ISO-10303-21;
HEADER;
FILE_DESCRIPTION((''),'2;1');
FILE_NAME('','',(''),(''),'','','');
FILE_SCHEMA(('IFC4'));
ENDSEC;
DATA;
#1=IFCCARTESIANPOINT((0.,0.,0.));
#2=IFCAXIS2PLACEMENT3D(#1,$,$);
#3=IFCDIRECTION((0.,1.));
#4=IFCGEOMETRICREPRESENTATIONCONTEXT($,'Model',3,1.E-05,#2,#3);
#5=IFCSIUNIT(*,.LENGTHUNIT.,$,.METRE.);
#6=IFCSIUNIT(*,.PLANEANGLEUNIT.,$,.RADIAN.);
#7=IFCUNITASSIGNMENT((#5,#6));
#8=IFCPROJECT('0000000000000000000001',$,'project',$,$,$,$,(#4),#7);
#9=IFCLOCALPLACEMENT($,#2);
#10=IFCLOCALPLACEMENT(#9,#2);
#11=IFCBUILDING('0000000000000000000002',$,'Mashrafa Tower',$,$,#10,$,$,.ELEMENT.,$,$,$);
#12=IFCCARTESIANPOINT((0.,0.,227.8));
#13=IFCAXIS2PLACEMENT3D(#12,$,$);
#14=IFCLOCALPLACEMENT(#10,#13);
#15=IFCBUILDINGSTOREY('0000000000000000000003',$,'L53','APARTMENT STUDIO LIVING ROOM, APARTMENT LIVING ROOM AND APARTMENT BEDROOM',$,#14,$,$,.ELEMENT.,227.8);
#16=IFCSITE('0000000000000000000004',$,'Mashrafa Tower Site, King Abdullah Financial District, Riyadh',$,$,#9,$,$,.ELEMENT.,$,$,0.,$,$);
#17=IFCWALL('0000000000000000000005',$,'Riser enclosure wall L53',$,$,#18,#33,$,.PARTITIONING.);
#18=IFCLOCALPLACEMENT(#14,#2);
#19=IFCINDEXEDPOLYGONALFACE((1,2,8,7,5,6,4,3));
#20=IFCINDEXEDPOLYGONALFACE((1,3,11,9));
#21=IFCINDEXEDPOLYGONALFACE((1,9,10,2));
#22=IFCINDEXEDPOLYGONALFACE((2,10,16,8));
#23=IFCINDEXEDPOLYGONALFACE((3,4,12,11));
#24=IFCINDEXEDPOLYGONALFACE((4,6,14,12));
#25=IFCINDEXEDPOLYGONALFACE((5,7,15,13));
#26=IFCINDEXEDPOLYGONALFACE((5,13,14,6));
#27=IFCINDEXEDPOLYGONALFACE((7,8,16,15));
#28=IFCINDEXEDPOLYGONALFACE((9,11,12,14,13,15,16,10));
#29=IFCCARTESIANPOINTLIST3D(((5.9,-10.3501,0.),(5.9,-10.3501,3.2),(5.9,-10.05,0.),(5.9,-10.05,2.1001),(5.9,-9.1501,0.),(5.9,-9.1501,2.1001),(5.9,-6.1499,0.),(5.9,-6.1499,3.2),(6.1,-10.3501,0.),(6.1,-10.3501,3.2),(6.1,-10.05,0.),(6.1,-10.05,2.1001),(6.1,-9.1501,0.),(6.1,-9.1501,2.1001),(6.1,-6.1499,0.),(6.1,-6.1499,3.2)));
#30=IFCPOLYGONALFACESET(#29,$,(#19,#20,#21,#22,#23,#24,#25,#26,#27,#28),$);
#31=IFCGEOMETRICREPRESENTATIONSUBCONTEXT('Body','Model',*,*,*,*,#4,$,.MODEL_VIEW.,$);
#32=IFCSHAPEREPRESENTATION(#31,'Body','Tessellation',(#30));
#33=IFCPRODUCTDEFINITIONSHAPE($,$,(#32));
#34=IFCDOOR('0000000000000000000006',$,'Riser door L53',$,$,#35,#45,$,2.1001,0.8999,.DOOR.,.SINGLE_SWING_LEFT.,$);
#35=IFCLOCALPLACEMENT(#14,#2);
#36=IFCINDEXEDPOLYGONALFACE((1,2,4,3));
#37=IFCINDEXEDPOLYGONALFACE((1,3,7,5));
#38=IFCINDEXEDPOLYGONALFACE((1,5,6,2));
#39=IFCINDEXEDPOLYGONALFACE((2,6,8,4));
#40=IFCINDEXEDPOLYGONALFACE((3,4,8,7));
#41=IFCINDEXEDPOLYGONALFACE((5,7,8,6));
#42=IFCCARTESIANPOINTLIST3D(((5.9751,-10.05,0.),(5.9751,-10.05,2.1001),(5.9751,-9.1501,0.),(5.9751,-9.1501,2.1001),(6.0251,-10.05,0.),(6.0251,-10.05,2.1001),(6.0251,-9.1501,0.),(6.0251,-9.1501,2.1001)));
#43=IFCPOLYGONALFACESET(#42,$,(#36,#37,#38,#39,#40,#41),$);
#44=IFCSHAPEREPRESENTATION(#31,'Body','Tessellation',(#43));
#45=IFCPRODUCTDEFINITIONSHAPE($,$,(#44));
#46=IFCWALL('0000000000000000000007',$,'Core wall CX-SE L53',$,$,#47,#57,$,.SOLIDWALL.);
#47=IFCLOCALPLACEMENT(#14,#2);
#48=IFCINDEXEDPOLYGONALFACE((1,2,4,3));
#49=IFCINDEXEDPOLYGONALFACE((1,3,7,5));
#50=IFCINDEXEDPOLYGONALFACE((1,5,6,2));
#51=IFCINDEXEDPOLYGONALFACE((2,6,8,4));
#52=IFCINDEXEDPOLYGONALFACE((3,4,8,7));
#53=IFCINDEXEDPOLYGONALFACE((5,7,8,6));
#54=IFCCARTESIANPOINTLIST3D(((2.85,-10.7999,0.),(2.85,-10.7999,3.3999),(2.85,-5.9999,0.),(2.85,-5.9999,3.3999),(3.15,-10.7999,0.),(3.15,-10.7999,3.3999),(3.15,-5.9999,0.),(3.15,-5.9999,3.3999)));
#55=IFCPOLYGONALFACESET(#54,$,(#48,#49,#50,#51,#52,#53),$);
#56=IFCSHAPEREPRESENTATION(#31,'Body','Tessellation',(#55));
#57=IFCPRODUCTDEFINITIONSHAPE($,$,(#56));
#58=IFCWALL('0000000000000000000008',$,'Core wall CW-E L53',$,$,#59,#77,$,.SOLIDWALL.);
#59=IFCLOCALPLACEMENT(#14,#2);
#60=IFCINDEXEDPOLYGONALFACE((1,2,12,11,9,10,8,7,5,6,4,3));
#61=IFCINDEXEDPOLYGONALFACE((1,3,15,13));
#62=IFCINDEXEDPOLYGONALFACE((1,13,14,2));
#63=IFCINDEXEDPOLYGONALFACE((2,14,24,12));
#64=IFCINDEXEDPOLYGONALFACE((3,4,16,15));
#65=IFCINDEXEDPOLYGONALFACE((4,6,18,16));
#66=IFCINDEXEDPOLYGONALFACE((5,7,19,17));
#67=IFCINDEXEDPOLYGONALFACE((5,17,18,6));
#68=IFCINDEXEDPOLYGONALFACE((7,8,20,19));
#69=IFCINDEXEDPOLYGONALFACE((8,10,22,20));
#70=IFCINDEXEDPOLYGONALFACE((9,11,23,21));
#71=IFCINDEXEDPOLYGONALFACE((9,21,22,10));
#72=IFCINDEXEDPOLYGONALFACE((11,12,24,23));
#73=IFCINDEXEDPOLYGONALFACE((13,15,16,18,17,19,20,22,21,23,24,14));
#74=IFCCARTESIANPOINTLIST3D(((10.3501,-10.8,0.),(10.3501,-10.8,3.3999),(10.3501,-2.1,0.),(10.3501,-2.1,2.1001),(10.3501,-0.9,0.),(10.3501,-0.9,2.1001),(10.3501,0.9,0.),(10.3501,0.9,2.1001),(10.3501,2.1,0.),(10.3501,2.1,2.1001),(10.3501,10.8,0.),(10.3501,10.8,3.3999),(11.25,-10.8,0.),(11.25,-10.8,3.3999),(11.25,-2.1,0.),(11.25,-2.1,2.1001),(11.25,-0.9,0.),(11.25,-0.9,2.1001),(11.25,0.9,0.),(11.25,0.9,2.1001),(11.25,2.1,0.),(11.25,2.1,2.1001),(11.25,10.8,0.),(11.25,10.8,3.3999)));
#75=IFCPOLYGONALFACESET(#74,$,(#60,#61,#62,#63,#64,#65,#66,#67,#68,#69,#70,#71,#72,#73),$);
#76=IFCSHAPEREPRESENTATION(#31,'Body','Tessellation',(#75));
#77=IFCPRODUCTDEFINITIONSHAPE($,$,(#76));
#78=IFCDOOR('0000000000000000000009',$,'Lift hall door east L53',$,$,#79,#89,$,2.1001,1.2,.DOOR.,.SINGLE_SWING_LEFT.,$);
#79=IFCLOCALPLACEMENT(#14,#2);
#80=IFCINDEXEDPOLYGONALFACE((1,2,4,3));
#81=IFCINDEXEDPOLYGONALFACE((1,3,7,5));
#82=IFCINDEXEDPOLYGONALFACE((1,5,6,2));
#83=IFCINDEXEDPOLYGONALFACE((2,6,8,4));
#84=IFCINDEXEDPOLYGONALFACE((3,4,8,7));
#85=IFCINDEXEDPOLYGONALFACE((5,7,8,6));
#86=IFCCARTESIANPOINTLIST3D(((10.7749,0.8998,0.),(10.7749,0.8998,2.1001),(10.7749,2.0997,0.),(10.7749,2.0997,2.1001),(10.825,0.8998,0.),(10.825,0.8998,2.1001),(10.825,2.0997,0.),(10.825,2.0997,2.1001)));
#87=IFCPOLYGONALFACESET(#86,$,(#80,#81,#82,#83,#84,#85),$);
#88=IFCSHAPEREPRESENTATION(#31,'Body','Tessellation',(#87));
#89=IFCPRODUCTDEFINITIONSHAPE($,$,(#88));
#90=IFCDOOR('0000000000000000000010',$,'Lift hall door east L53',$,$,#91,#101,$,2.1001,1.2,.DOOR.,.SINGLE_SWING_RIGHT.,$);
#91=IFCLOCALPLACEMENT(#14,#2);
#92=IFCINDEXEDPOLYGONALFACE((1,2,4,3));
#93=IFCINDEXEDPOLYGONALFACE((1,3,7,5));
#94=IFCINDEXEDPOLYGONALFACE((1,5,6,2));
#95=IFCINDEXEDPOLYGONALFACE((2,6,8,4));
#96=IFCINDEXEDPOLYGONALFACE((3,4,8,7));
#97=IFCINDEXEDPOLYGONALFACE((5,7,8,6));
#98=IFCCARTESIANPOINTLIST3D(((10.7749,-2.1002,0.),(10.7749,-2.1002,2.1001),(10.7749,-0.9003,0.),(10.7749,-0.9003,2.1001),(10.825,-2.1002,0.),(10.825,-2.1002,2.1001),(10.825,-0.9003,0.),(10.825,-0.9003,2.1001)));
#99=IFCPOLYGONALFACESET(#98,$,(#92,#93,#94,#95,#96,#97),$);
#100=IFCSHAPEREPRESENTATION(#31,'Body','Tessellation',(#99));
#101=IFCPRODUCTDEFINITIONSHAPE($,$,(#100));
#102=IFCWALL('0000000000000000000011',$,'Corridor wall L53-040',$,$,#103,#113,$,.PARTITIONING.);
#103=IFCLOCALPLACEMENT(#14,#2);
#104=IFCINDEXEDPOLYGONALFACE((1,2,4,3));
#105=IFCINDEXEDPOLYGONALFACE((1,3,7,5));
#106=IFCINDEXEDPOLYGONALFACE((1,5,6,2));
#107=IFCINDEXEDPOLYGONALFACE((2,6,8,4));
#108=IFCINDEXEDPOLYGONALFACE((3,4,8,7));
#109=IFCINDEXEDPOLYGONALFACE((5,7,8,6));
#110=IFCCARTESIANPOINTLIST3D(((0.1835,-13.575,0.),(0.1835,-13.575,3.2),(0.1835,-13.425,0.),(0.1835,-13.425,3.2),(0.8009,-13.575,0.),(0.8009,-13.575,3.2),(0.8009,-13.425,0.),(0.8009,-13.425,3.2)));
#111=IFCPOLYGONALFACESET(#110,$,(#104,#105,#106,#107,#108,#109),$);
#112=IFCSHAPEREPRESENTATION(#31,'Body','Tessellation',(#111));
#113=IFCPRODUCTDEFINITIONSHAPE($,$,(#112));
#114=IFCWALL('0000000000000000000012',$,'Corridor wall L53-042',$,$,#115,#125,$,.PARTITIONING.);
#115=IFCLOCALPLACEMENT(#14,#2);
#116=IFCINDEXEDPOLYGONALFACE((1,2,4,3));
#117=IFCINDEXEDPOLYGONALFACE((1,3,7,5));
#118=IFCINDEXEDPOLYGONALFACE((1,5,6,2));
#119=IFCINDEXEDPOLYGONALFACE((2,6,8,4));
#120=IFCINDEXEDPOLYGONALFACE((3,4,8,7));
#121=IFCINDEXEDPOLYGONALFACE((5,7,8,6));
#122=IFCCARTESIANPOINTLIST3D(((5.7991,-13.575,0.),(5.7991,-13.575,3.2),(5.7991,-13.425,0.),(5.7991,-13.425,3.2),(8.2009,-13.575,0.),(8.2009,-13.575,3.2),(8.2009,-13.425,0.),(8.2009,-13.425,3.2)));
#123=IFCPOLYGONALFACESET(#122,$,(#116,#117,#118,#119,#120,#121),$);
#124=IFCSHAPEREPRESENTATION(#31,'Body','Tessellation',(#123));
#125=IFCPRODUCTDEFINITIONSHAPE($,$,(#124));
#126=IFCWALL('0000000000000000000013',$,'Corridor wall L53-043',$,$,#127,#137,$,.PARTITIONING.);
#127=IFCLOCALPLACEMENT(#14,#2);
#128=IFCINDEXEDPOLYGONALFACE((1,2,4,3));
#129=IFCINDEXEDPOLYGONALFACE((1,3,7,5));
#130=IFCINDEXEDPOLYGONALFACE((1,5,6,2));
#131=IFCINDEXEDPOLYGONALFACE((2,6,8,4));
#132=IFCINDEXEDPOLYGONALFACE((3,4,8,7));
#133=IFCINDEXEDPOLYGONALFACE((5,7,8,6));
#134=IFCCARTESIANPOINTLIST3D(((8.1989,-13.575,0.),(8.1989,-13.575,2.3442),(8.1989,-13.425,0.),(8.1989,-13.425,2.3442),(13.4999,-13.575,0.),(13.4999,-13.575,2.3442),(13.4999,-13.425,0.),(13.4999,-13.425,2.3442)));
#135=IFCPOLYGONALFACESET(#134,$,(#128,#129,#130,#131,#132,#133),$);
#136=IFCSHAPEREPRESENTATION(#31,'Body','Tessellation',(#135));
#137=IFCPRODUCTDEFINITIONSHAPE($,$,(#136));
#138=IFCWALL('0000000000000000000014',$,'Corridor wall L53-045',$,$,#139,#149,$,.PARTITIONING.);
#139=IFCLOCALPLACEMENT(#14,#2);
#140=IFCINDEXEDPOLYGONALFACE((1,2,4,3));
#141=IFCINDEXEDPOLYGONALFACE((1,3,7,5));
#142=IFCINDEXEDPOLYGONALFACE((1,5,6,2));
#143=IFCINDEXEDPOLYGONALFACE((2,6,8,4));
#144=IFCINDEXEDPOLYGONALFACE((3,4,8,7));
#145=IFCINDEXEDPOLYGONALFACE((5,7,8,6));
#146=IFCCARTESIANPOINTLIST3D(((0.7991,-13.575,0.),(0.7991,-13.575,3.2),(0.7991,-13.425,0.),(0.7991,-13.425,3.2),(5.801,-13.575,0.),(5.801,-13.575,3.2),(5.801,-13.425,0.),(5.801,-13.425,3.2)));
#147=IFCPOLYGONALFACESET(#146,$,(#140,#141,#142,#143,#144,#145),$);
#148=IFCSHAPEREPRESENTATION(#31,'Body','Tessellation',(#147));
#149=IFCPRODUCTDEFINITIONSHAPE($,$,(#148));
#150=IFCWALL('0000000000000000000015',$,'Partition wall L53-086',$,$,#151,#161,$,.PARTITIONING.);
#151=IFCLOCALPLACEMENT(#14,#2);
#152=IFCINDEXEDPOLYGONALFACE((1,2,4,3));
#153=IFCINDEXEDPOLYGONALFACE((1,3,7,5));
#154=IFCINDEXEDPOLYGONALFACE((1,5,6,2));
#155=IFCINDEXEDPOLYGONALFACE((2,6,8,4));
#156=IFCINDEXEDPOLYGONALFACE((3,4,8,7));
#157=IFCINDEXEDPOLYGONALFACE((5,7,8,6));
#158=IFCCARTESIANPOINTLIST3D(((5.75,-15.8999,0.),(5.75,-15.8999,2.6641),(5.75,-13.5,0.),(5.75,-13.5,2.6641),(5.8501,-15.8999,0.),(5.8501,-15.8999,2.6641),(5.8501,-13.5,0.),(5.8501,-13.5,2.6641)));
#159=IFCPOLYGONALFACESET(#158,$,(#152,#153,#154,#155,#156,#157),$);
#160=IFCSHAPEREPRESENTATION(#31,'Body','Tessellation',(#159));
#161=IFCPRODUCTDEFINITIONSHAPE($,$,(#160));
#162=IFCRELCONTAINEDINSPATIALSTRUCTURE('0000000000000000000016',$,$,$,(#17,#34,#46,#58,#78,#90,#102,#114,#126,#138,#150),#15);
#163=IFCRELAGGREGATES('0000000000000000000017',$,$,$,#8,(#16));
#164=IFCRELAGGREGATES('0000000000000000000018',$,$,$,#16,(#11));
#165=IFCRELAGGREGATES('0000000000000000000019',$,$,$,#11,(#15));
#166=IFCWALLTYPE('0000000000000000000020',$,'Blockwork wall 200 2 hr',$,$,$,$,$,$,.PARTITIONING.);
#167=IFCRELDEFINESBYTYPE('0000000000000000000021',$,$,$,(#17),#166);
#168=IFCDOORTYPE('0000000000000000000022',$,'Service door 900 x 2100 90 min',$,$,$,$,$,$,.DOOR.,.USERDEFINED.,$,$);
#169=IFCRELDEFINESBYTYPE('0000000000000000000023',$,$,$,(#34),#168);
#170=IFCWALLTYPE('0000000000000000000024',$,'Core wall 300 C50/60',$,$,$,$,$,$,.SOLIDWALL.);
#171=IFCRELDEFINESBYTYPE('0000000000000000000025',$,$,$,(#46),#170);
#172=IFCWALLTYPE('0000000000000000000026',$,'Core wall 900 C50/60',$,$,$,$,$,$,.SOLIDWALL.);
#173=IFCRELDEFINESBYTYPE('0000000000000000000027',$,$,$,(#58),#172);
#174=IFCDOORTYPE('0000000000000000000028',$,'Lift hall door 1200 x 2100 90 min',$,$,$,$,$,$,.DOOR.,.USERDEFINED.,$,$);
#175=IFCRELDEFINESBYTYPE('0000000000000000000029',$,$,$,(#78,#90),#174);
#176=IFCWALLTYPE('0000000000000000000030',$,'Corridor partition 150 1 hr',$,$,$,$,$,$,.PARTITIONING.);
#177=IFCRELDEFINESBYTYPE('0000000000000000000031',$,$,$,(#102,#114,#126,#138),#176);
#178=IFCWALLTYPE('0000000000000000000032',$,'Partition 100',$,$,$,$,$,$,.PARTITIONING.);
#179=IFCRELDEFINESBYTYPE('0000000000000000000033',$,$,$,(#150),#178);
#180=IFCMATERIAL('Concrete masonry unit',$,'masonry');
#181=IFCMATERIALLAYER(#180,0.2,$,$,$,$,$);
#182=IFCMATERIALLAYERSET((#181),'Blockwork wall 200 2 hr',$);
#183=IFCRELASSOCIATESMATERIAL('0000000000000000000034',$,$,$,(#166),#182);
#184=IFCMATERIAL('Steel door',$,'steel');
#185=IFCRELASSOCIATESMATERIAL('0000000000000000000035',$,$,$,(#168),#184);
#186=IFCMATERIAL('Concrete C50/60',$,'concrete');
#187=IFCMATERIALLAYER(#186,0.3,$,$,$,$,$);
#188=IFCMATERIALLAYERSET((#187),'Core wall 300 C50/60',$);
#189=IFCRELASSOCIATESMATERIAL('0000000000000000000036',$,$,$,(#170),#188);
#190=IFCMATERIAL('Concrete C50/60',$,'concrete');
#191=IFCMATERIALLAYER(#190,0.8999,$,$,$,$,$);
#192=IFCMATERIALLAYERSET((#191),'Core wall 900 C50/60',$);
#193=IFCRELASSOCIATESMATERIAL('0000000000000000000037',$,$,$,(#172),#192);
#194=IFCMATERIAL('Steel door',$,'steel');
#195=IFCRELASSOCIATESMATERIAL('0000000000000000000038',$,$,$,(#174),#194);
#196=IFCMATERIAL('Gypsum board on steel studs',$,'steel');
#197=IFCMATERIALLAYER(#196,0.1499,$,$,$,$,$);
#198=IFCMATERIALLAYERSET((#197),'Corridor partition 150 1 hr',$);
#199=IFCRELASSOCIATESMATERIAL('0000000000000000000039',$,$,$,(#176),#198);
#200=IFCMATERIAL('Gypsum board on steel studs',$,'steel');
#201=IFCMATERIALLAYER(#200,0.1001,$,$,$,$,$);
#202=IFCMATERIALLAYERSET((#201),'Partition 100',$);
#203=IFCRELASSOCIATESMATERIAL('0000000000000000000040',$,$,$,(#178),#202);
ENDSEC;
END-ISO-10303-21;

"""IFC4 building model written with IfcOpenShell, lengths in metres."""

from ifc_helpers import new_model, si_unit, direction, frame, frame_2d, origin, place, context, subcontext, project, spatial, rectangle, extrude, material, layer, layer_set, type_object, element, fill, save


model = new_model("IFC4")

# Units and contexts
model_context = context("Model", 3, precision=1e-05, world=origin(), true_north=direction((0.0, 1.0)))
body_context = subcontext(model_context, "Body", "Model", "MODEL_VIEW")
ifc_project = project(units=[si_unit("LENGTHUNIT", "METRE"), si_unit("PLANEANGLEUNIT", "RADIAN")], contexts=[model_context])

# Site, building, storey
site_placement = place(None, origin())
site = spatial("IfcSite", under=ifc_project, at=site_placement, Name="Mashrafa Tower Site, King Abdullah Financial District, Riyadh", CompositionType="ELEMENT", RefElevation=0.0)
building_placement = place(site_placement, origin())
building = spatial("IfcBuilding", under=site, at=building_placement, Name="Mashrafa Tower", CompositionType="ELEMENT")
storey_placement = place(building_placement, frame((0.0, 0.0, 227.8)))
storey = spatial("IfcBuildingStorey", under=building, at=storey_placement, Name="L53", Description="APARTMENT STUDIO LIVING ROOM, APARTMENT LIVING ROOM AND APARTMENT BEDROOM", CompositionType="ELEMENT", Elevation=227.8)

# Wall, opening, door
ifc_material_1 = material(Name="Concrete masonry unit", Category="masonry")
ifc_layer_1 = layer(ifc_material_1, 0.2)
ifc_layer_set_1 = layer_set([ifc_layer_1], Name="Blockwork wall 200 2 hr")
wall_type_1 = type_object("IfcWallType", Name="Blockwork wall 200 2 hr", PredefinedType="PARTITIONING", material=ifc_layer_set_1)
wall_1_placement = place(storey_placement, frame((6.0, -10.3501, 0.0), z_axis=(0.0, 0.0, 1.0), x_axis=(0.0, 1.0, 0.0)))
wall_1 = element("IfcWall", 1, at=wall_1_placement, inside=storey, type_object=wall_type_1, Name="Riser enclosure wall L53", PredefinedType="PARTITIONING", context=body_context, shape_type="SweptSolid", body=[
    extrude(rectangle(XDim=4.2002, YDim=0.2, at=frame_2d((2.1001, 0.0))), origin(), (0.0, 0.0, 1.0), 3.2),
])
opening_1_placement = place(wall_1_placement, frame((0.3, 0.0, 0.0)))
opening_1 = element("IfcOpeningElement", 2, at=opening_1_placement, cuts=wall_1, PredefinedType="OPENING", context=body_context, shape_type="SweptSolid", body=[
    extrude(rectangle(XDim=0.8999, YDim=2.1001, at=frame_2d((0.45, 1.05))), frame((0.0, 0.1099, 0.0), z_axis=(0.0, -1.0, 0.0), x_axis=(1.0, 0.0, 0.0)), (0.0, 0.0, 1.0), 0.22),
])
ifc_material_2 = material(Name="Steel door", Category="steel")
door_type_1 = type_object("IfcDoorType", Name="Service door 900 x 2100 90 min", OperationType="USERDEFINED", PredefinedType="DOOR", material=ifc_material_2)
door_1_placement = place(opening_1_placement, origin())
door_1 = element("IfcDoor", 3, at=door_1_placement, inside=storey, type_object=door_type_1, Name="Riser door L53", OperationType="SINGLE_SWING_LEFT", OverallHeight=2.1001, OverallWidth=0.8999, PredefinedType="DOOR", context=body_context, shape_type="SweptSolid", body=[
    extrude(rectangle(XDim=0.8999, YDim=2.1001, at=frame_2d((0.45, 1.05))), frame((0.0, 0.0249, 0.0), z_axis=(0.0, -1.0, 0.0), x_axis=(1.0, 0.0, 0.0)), (0.0, 0.0, 1.0), 0.05),
])
fill(opening_1, door_1)

# Wall
ifc_material_3 = material(Name="Concrete C50/60", Category="concrete")
ifc_layer_2 = layer(ifc_material_3, 0.3)
ifc_layer_set_2 = layer_set([ifc_layer_2], Name="Core wall 300 C50/60")
wall_type_2 = type_object("IfcWallType", Name="Core wall 300 C50/60", PredefinedType="SOLIDWALL", material=ifc_layer_set_2)
wall_2_placement = place(storey_placement, frame((3.0, -6.0, 0.0), z_axis=(0.0, 0.0, 1.0), x_axis=(0.0, -1.0, 0.0)))
element("IfcWall", 4, at=wall_2_placement, inside=storey, type_object=wall_type_2, Name="Core wall CX-SE L53", PredefinedType="SOLIDWALL", context=body_context, shape_type="SweptSolid", body=[
    extrude(rectangle(XDim=4.8, YDim=0.3, at=frame_2d((2.3999, 0.0))), origin(), (0.0, 0.0, 1.0), 3.3999),
])

# Wall, openings, doors
ifc_material_4 = material(Name="Concrete C50/60", Category="concrete")
ifc_layer_3 = layer(ifc_material_4, 0.8999)
ifc_layer_set_3 = layer_set([ifc_layer_3], Name="Core wall 900 C50/60")
wall_type_3 = type_object("IfcWallType", Name="Core wall 900 C50/60", PredefinedType="SOLIDWALL", material=ifc_layer_set_3)
wall_3_placement = place(storey_placement, frame((10.8, -10.8, 0.0), z_axis=(0.0, 0.0, 1.0), x_axis=(0.0, 1.0, 0.0)))
wall_3 = element("IfcWall", 5, at=wall_3_placement, inside=storey, type_object=wall_type_3, Name="Core wall CW-E L53", PredefinedType="SOLIDWALL", context=body_context, shape_type="SweptSolid", body=[
    extrude(rectangle(XDim=21.6001, YDim=0.8999, at=frame_2d((10.8, 0.0))), origin(), (0.0, 0.0, 1.0), 3.3999),
])
opening_2_placement = place(wall_3_placement, frame((11.7, 0.0, 0.0)))
opening_2 = element("IfcOpeningElement", 6, at=opening_2_placement, cuts=wall_3, PredefinedType="OPENING", context=body_context, shape_type="SweptSolid", body=[
    extrude(rectangle(XDim=1.2, YDim=2.1001, at=frame_2d((0.6001, 1.05))), frame((0.0, 0.46, 0.0), z_axis=(0.0, -1.0, 0.0), x_axis=(1.0, 0.0, 0.0)), (0.0, 0.0, 1.0), 0.9199),
])
opening_3_placement = place(wall_3_placement, frame((8.7, 0.0, 0.0)))
opening_3 = element("IfcOpeningElement", 7, at=opening_3_placement, cuts=wall_3, PredefinedType="OPENING", context=body_context, shape_type="SweptSolid", body=[
    extrude(rectangle(XDim=1.2, YDim=2.1001, at=frame_2d((0.6001, 1.05))), frame((0.0, 0.46, 0.0), z_axis=(0.0, -1.0, 0.0), x_axis=(1.0, 0.0, 0.0)), (0.0, 0.0, 1.0), 0.9199),
])
ifc_material_5 = material(Name="Steel door", Category="steel")
door_type_2 = type_object("IfcDoorType", Name="Lift hall door 1200 x 2100 90 min", OperationType="USERDEFINED", PredefinedType="DOOR", material=ifc_material_5)
door_2_placement = place(opening_2_placement, frame((1.2, 0.0, 0.0), z_axis=(0.0, 0.0, 1.0), x_axis=(-1.0, 0.0, 0.0)))
door_2 = element("IfcDoor", 8, at=door_2_placement, inside=storey, type_object=door_type_2, Name="Lift hall door east L53", OperationType="SINGLE_SWING_LEFT", OverallHeight=2.1001, OverallWidth=1.2, PredefinedType="DOOR", context=body_context, shape_type="SweptSolid", body=[
    extrude(rectangle(XDim=1.2, YDim=2.1001, at=frame_2d((0.6001, 1.05))), frame((0.0, 0.0249, 0.0), z_axis=(0.0, -1.0, 0.0), x_axis=(1.0, 0.0, 0.0)), (0.0, 0.0, 1.0), 0.05),
])
fill(opening_2, door_2)
door_3_placement = place(opening_3_placement, frame((1.2, 0.0, 0.0), z_axis=(0.0, 0.0, 1.0), x_axis=(-1.0, 0.0, 0.0)))
door_3 = element("IfcDoor", 9, at=door_3_placement, inside=storey, type_object=door_type_2, Name="Lift hall door east L53", OperationType="SINGLE_SWING_RIGHT", OverallHeight=2.1001, OverallWidth=1.2, PredefinedType="DOOR", context=body_context, shape_type="SweptSolid", body=[
    extrude(rectangle(XDim=1.2, YDim=2.1001, at=frame_2d((0.6001, 1.05))), frame((0.0, 0.0249, 0.0), z_axis=(0.0, -1.0, 0.0), x_axis=(1.0, 0.0, 0.0)), (0.0, 0.0, 1.0), 0.05),
])
fill(opening_3, door_3)

# Walls
ifc_material_6 = material(Name="Gypsum board on steel studs", Category="steel")
ifc_layer_4 = layer(ifc_material_6, 0.1499)
ifc_layer_set_4 = layer_set([ifc_layer_4], Name="Corridor partition 150 1 hr")
wall_type_4 = type_object("IfcWallType", Name="Corridor partition 150 1 hr", PredefinedType="PARTITIONING", material=ifc_layer_set_4)
wall_4_placement = place(storey_placement, frame((0.1836, -13.5, 0.0), z_axis=(0.0, 0.0, 1.0), x_axis=(1.0, 0.0, 0.0)))
element("IfcWall", 10, at=wall_4_placement, inside=storey, type_object=wall_type_4, Name="Corridor wall L53-040", PredefinedType="PARTITIONING", context=body_context, shape_type="SweptSolid", body=[
    extrude(rectangle(XDim=0.6174, YDim=0.1499, at=frame_2d((0.3086, 0.0))), origin(), (0.0, 0.0, 1.0), 3.2),
])
wall_5_placement = place(storey_placement, frame((5.7991, -13.5, 0.0), z_axis=(0.0, 0.0, 1.0), x_axis=(1.0, 0.0, 0.0)))
element("IfcWall", 11, at=wall_5_placement, inside=storey, type_object=wall_type_4, Name="Corridor wall L53-042", PredefinedType="PARTITIONING", context=body_context, shape_type="SweptSolid", body=[
    extrude(rectangle(XDim=2.4019, YDim=0.1499, at=frame_2d((1.2009, 0.0))), origin(), (0.0, 0.0, 1.0), 3.2),
])
wall_6_placement = place(storey_placement, frame((8.199, -13.5, 0.0), z_axis=(0.0, 0.0, 1.0), x_axis=(1.0, 0.0, 0.0)))
element("IfcWall", 12, at=wall_6_placement, inside=storey, type_object=wall_type_4, Name="Corridor wall L53-043", PredefinedType="PARTITIONING", context=body_context, shape_type="SweptSolid", body=[
    extrude(rectangle(XDim=5.301, YDim=0.1499, at=frame_2d((2.6504, 0.0))), origin(), (0.0, 0.0, 1.0), 2.3442),
])
wall_7_placement = place(storey_placement, frame((0.7991, -13.5, 0.0), z_axis=(0.0, 0.0, 1.0), x_axis=(1.0, 0.0, 0.0)))
element("IfcWall", 13, at=wall_7_placement, inside=storey, type_object=wall_type_4, Name="Corridor wall L53-045", PredefinedType="PARTITIONING", context=body_context, shape_type="SweptSolid", body=[
    extrude(rectangle(XDim=5.002, YDim=0.1499, at=frame_2d((2.501, 0.0))), origin(), (0.0, 0.0, 1.0), 3.2),
])
ifc_material_7 = material(Name="Gypsum board on steel studs", Category="steel")
ifc_layer_5 = layer(ifc_material_7, 0.1001)
ifc_layer_set_5 = layer_set([ifc_layer_5], Name="Partition 100")
wall_type_5 = type_object("IfcWallType", Name="Partition 100", PredefinedType="PARTITIONING", material=ifc_layer_set_5)
wall_8_placement = place(storey_placement, frame((5.8, -13.5, 0.0), z_axis=(0.0, 0.0, 1.0), x_axis=(0.0, -1.0, 0.0)))
element("IfcWall", 14, at=wall_8_placement, inside=storey, type_object=wall_type_5, Name="Partition wall L53-086", PredefinedType="PARTITIONING", context=body_context, shape_type="SweptSolid", body=[
    extrude(rectangle(XDim=2.3999, YDim=0.1001, at=frame_2d((1.2, 0.0))), origin(), (0.0, 0.0, 1.0), 2.6641),
])

save(model, "model.ifc")
